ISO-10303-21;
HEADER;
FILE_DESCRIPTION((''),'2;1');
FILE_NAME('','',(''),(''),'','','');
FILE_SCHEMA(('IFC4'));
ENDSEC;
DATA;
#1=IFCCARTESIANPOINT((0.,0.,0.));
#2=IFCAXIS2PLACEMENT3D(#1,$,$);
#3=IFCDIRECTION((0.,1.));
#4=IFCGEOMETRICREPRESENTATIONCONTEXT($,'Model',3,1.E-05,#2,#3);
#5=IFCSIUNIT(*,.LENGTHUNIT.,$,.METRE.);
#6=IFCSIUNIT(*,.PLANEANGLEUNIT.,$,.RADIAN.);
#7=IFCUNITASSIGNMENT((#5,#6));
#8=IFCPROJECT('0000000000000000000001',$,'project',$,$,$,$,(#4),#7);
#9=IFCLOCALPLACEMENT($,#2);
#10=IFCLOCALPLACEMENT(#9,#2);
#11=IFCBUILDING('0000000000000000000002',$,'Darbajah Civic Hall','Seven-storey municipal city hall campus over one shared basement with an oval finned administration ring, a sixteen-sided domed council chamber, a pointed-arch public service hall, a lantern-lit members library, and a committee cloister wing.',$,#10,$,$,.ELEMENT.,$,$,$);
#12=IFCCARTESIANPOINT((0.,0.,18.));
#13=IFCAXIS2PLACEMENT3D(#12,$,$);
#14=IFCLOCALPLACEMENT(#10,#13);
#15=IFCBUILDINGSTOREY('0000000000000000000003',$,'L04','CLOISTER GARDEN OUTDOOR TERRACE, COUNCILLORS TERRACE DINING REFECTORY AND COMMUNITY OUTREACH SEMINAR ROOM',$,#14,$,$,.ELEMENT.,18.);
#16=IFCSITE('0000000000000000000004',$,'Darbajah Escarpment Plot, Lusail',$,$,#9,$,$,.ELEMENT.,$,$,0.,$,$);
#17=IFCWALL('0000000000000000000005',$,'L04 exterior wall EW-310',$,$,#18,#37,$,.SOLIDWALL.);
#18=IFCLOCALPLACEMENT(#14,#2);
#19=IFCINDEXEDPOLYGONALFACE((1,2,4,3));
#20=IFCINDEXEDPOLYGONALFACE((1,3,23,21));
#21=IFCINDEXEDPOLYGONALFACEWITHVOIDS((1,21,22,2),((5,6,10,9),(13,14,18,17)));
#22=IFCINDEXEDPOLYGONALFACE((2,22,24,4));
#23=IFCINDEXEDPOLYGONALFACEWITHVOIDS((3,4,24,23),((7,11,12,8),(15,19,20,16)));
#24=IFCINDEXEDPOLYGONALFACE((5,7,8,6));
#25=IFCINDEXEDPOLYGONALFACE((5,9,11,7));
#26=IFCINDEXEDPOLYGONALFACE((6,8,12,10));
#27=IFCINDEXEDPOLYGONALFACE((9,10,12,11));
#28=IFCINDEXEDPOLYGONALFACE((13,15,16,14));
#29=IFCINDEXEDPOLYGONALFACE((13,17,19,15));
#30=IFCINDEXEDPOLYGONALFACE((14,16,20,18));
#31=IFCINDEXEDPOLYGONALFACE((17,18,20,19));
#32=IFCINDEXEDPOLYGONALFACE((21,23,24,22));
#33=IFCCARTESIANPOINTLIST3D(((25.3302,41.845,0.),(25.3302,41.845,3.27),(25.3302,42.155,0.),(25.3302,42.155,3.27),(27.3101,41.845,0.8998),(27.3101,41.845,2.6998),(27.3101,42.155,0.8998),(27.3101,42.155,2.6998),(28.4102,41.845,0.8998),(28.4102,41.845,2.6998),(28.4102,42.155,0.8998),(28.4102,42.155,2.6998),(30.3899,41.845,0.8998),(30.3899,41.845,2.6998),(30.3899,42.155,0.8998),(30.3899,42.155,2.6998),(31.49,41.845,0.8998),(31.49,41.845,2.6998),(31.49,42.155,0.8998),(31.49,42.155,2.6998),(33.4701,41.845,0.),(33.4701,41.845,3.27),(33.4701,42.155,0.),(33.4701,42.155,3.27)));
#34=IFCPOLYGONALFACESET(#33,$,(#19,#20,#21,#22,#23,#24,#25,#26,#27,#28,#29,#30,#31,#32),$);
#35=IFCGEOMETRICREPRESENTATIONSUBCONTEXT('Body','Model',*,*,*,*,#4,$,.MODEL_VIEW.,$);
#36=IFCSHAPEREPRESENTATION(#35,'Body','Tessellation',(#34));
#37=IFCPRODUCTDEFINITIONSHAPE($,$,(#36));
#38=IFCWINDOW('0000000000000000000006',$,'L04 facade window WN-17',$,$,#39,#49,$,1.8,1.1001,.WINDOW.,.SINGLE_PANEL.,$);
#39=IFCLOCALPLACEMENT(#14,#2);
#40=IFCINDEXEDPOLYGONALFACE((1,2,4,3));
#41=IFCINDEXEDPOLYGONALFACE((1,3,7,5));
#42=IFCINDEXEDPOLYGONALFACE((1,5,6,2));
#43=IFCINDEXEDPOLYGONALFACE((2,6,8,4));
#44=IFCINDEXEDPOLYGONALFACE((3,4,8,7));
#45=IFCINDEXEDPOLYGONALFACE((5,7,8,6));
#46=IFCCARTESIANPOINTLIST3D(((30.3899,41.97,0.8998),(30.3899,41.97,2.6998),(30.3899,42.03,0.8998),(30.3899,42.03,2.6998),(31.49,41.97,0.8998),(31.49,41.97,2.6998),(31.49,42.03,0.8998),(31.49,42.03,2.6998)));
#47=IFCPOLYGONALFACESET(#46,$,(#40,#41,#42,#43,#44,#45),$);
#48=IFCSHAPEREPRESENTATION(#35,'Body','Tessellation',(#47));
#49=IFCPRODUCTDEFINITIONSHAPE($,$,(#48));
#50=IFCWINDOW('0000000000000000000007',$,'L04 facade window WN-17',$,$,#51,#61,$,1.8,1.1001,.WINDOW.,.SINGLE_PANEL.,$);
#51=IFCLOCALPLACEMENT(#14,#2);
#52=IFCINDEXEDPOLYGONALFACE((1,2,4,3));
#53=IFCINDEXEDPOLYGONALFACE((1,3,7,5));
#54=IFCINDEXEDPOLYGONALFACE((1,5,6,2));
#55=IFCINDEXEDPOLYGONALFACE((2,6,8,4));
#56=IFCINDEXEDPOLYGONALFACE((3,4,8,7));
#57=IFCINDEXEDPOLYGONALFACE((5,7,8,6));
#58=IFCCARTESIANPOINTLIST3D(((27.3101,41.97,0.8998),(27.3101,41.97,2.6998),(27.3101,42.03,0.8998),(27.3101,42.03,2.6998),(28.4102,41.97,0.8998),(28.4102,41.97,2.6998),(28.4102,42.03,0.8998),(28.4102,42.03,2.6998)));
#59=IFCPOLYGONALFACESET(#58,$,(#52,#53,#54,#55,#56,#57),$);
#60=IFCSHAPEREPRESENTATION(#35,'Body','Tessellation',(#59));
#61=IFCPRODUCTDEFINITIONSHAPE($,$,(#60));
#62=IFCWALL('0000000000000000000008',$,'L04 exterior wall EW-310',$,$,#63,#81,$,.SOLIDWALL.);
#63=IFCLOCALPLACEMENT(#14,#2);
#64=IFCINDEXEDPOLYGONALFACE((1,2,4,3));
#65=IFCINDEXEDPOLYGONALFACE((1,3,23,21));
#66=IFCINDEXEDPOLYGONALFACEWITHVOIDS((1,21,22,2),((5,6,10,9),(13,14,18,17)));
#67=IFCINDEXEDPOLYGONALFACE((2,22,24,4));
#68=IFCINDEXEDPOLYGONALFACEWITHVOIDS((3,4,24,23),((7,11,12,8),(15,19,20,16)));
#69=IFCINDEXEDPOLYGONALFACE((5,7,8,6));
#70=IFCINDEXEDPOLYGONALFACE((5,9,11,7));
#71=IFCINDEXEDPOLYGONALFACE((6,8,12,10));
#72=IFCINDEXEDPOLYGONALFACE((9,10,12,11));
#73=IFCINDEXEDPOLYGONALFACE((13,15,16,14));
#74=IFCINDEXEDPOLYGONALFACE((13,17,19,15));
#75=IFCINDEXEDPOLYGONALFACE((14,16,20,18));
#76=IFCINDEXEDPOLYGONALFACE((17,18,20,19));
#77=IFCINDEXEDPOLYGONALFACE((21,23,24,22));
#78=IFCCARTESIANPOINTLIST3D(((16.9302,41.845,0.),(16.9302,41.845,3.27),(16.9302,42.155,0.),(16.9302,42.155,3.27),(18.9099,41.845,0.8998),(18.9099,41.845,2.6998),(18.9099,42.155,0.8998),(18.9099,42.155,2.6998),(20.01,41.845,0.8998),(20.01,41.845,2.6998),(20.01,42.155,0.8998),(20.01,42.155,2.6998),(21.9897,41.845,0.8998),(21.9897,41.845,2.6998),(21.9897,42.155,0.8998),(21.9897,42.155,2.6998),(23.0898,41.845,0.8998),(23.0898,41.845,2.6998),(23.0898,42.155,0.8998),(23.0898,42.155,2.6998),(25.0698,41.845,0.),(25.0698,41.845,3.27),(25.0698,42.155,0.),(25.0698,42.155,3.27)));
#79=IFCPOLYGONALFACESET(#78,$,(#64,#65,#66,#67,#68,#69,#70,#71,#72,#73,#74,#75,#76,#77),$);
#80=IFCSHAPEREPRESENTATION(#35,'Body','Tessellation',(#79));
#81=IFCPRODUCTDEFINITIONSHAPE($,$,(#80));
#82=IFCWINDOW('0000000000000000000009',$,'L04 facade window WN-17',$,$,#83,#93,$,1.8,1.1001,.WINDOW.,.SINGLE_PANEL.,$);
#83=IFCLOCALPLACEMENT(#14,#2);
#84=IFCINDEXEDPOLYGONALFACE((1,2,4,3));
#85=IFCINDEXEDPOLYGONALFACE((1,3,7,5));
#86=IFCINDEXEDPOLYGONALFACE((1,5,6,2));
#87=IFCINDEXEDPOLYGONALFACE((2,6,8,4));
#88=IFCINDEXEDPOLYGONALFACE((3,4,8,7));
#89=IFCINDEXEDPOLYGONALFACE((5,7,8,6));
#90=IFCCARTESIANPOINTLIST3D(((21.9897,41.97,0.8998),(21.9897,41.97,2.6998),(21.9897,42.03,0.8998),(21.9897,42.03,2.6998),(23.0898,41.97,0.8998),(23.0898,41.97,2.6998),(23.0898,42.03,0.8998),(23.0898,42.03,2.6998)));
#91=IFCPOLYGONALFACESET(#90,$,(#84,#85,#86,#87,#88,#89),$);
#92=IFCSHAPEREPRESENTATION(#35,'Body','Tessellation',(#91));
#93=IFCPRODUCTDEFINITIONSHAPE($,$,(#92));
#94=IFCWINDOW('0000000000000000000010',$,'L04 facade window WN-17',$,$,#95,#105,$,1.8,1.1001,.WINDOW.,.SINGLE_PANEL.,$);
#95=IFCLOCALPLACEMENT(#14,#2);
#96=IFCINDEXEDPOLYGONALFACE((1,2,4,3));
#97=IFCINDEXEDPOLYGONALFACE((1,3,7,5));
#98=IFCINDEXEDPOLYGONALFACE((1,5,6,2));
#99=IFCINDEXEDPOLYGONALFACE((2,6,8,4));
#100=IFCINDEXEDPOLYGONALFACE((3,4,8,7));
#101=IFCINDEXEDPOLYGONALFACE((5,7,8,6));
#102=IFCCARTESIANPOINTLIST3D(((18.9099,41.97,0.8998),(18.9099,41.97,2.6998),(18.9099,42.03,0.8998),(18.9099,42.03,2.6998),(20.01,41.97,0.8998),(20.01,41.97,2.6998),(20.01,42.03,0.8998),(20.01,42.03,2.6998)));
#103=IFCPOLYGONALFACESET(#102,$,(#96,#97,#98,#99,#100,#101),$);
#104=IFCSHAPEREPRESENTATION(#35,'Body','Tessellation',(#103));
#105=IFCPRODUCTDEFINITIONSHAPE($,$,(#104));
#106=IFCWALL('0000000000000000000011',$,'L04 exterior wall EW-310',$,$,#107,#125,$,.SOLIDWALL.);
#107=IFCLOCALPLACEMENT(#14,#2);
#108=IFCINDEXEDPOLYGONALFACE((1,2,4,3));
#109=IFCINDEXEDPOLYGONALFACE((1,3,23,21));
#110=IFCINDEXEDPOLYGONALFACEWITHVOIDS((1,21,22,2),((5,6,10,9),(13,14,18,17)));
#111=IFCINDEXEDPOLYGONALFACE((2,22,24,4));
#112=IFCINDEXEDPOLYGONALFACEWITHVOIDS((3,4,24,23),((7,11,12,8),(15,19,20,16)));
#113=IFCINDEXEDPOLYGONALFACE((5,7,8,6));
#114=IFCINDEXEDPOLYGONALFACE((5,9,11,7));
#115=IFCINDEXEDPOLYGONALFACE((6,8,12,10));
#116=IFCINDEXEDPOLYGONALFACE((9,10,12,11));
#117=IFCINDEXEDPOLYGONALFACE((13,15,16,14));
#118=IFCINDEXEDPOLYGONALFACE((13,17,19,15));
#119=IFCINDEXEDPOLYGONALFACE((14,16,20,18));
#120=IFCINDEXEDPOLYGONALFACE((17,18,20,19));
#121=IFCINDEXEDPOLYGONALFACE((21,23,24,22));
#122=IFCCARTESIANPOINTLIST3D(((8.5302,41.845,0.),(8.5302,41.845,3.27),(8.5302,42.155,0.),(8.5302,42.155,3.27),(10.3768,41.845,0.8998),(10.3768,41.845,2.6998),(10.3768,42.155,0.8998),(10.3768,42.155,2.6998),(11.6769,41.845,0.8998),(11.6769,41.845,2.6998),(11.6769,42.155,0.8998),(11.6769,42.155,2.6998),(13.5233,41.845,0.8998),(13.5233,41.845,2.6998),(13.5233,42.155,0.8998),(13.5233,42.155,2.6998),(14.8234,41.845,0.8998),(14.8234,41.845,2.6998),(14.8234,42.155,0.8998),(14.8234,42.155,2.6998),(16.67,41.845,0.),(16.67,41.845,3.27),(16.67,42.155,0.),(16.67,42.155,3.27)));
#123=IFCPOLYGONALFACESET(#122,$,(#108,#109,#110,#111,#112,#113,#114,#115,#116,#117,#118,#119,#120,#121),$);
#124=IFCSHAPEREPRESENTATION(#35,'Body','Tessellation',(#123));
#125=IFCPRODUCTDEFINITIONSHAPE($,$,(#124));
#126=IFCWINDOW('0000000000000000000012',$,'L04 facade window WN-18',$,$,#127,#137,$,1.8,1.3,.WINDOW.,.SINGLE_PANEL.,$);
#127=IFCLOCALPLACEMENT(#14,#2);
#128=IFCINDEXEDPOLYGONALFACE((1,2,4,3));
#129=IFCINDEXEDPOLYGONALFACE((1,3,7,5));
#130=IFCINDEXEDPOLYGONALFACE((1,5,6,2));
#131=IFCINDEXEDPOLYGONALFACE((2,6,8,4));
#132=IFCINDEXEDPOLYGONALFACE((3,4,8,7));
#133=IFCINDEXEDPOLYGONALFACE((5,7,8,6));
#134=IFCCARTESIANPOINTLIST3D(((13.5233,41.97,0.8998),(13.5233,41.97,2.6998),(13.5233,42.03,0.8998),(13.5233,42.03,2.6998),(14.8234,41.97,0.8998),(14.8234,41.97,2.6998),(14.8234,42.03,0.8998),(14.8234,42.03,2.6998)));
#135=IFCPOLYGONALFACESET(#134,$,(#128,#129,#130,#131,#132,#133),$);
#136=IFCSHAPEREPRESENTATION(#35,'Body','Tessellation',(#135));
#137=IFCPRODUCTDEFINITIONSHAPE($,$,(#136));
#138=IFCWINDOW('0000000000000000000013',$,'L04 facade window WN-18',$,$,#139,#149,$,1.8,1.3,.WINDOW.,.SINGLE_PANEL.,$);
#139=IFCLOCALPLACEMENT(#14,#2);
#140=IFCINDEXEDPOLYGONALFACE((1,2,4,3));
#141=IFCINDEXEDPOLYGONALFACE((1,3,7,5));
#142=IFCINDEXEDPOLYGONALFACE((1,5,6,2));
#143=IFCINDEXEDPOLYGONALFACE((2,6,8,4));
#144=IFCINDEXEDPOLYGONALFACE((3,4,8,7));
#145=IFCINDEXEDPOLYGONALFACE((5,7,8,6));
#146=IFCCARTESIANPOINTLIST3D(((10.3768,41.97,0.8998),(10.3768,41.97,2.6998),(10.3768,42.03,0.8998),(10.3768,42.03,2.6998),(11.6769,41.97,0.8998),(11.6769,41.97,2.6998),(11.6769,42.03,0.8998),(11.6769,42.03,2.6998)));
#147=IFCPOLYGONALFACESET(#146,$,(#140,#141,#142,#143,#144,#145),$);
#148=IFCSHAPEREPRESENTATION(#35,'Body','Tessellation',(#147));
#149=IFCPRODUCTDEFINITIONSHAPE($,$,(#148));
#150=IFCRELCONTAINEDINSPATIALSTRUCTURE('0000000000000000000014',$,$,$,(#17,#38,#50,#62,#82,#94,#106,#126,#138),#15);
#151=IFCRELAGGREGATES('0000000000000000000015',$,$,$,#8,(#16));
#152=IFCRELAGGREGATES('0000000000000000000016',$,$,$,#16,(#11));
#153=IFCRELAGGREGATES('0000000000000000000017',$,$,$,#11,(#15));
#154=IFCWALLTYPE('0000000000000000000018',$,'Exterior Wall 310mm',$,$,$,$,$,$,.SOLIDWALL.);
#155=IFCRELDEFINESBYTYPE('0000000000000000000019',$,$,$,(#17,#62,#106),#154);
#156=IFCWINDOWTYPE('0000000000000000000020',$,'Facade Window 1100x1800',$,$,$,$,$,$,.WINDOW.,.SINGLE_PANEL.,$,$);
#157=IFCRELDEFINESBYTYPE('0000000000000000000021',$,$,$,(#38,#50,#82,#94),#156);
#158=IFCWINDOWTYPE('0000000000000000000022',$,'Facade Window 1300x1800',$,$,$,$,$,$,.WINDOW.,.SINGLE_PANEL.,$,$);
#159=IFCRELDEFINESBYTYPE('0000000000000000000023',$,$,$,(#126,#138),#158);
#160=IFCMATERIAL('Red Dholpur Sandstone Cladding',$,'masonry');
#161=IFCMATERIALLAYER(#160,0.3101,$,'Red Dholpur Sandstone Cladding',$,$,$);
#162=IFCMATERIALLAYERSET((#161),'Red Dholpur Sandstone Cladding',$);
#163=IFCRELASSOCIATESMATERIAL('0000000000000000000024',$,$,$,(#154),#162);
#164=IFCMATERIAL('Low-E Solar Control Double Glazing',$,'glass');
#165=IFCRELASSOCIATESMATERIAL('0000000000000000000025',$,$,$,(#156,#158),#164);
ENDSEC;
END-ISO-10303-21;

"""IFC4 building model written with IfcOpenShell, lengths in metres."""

from ifc_helpers import new_model, si_unit, direction, frame, frame_2d, origin, place, context, subcontext, project, spatial, rectangle, extrude, material, layer, layer_set, type_object, element, fill, save


model = new_model("IFC4")

# Units and contexts
model_context = context("Model", 3, precision=1e-05, world=origin(), true_north=direction((0.0, 1.0)))
body_context = subcontext(model_context, "Body", "Model", "MODEL_VIEW")
ifc_project = project(units=[si_unit("LENGTHUNIT", "METRE"), si_unit("PLANEANGLEUNIT", "RADIAN")], contexts=[model_context])

# Site, building, storey
site_placement = place(None, origin())
site = spatial("IfcSite", under=ifc_project, at=site_placement, Name="Darbajah Escarpment Plot, Lusail", CompositionType="ELEMENT", RefElevation=0.0)
building_placement = place(site_placement, origin())
building = spatial("IfcBuilding", under=site, at=building_placement, Name="Darbajah Civic Hall", Description="Seven-storey municipal city hall campus over one shared basement with an oval finned administration ring, a sixteen-sided domed council chamber, a pointed-arch public service hall, a lantern-lit members library, and a committee cloister wing.", CompositionType="ELEMENT")
storey_placement = place(building_placement, frame((0.0, 0.0, 18.0)))
storey = spatial("IfcBuildingStorey", under=building, at=storey_placement, Name="L04", Description="CLOISTER GARDEN OUTDOOR TERRACE, COUNCILLORS TERRACE DINING REFECTORY AND COMMUNITY OUTREACH SEMINAR ROOM", CompositionType="ELEMENT", Elevation=18.0)

# Walls, openings, windows
ifc_material_1 = material(Name="Red Dholpur Sandstone Cladding", Category="masonry")
ifc_layer_1 = layer(ifc_material_1, 0.3101, Name="Red Dholpur Sandstone Cladding")
ifc_layer_set_1 = layer_set([ifc_layer_1], Name="Red Dholpur Sandstone Cladding")
wall_type_1 = type_object("IfcWallType", Name="Exterior Wall 310mm", PredefinedType="SOLIDWALL", material=ifc_layer_set_1)
wall_1_placement = place(storey_placement, frame((33.47, 42.0, 0.0), z_axis=(0.0, 0.0, 1.0), x_axis=(-1.0, 0.0, 0.0)))
wall_1 = element("IfcWall", 1, at=wall_1_placement, inside=storey, type_object=wall_type_1, Name="L04 exterior wall EW-310", PredefinedType="SOLIDWALL", context=body_context, shape_type="SweptSolid", body=[
    extrude(rectangle(XDim=8.1399, YDim=0.3101, at=frame_2d((4.0698, 0.0))), origin(), (0.0, 0.0, 1.0), 3.27),
])
opening_1_placement = place(wall_1_placement, frame((1.98, 0.0, 0.8999)))
opening_1 = element("IfcOpeningElement", 2, at=opening_1_placement, cuts=wall_1, PredefinedType="OPENING", context=body_context, shape_type="SweptSolid", body=[
    extrude(rectangle(XDim=1.1001, YDim=1.8, at=frame_2d((0.55, 0.8999))), frame((0.0, 0.165, 0.0), z_axis=(0.0, -1.0, 0.0), x_axis=(1.0, 0.0, 0.0)), (0.0, 0.0, 1.0), 0.3301),
])
opening_2_placement = place(wall_1_placement, frame((5.0598, 0.0, 0.8999)))
opening_2 = element("IfcOpeningElement", 3, at=opening_2_placement, cuts=wall_1, PredefinedType="OPENING", context=body_context, shape_type="SweptSolid", body=[
    extrude(rectangle(XDim=1.1001, YDim=1.8, at=frame_2d((0.55, 0.8999))), frame((0.0, 0.165, 0.0), z_axis=(0.0, -1.0, 0.0), x_axis=(1.0, 0.0, 0.0)), (0.0, 0.0, 1.0), 0.3301),
])
ifc_material_2 = material(Name="Low-E Solar Control Double Glazing", Category="glass")
window_type_1 = type_object("IfcWindowType", Name="Facade Window 1100x1800", PartitioningType="SINGLE_PANEL", PredefinedType="WINDOW", material=ifc_material_2)
window_1_placement = place(opening_1_placement, origin())
window_1 = element("IfcWindow", 4, at=window_1_placement, inside=storey, type_object=window_type_1, Name="L04 facade window WN-17", OverallHeight=1.8, OverallWidth=1.1001, PartitioningType="SINGLE_PANEL", PredefinedType="WINDOW", context=body_context, shape_type="SweptSolid", body=[
    extrude(rectangle(XDim=1.1001, YDim=1.8, at=frame_2d((0.55, 0.8999))), frame((0.0, 0.03, 0.0), z_axis=(0.0, -1.0, 0.0), x_axis=(1.0, 0.0, 0.0)), (0.0, 0.0, 1.0), 0.0601),
])
fill(opening_1, window_1)
window_2_placement = place(opening_2_placement, origin())
window_2 = element("IfcWindow", 5, at=window_2_placement, inside=storey, type_object=window_type_1, Name="L04 facade window WN-17", OverallHeight=1.8, OverallWidth=1.1001, PartitioningType="SINGLE_PANEL", PredefinedType="WINDOW", context=body_context, shape_type="SweptSolid", body=[
    extrude(rectangle(XDim=1.1001, YDim=1.8, at=frame_2d((0.55, 0.8999))), frame((0.0, 0.03, 0.0), z_axis=(0.0, -1.0, 0.0), x_axis=(1.0, 0.0, 0.0)), (0.0, 0.0, 1.0), 0.0601),
])
fill(opening_2, window_2)
wall_2_placement = place(storey_placement, frame((25.0698, 42.0, 0.0), z_axis=(0.0, 0.0, 1.0), x_axis=(-1.0, 0.0, 0.0)))
wall_2 = element("IfcWall", 6, at=wall_2_placement, inside=storey, type_object=wall_type_1, Name="L04 exterior wall EW-310", PredefinedType="SOLIDWALL", context=body_context, shape_type="SweptSolid", body=[
    extrude(rectangle(XDim=8.1396, YDim=0.3101, at=frame_2d((4.0698, 0.0))), origin(), (0.0, 0.0, 1.0), 3.27),
])
opening_3_placement = place(wall_2_placement, frame((1.98, 0.0, 0.8999)))
opening_3 = element("IfcOpeningElement", 7, at=opening_3_placement, cuts=wall_2, PredefinedType="OPENING", context=body_context, shape_type="SweptSolid", body=[
    extrude(rectangle(XDim=1.1001, YDim=1.8, at=frame_2d((0.55, 0.8999))), frame((0.0, 0.165, 0.0), z_axis=(0.0, -1.0, 0.0), x_axis=(1.0, 0.0, 0.0)), (0.0, 0.0, 1.0), 0.3301),
])
opening_4_placement = place(wall_2_placement, frame((5.0598, 0.0, 0.8999)))
opening_4 = element("IfcOpeningElement", 8, at=opening_4_placement, cuts=wall_2, PredefinedType="OPENING", context=body_context, shape_type="SweptSolid", body=[
    extrude(rectangle(XDim=1.1001, YDim=1.8, at=frame_2d((0.55, 0.8999))), frame((0.0, 0.165, 0.0), z_axis=(0.0, -1.0, 0.0), x_axis=(1.0, 0.0, 0.0)), (0.0, 0.0, 1.0), 0.3301),
])
window_3_placement = place(opening_3_placement, origin())
window_3 = element("IfcWindow", 9, at=window_3_placement, inside=storey, type_object=window_type_1, Name="L04 facade window WN-17", OverallHeight=1.8, OverallWidth=1.1001, PartitioningType="SINGLE_PANEL", PredefinedType="WINDOW", context=body_context, shape_type="SweptSolid", body=[
    extrude(rectangle(XDim=1.1001, YDim=1.8, at=frame_2d((0.55, 0.8999))), frame((0.0, 0.03, 0.0), z_axis=(0.0, -1.0, 0.0), x_axis=(1.0, 0.0, 0.0)), (0.0, 0.0, 1.0), 0.0601),
])
fill(opening_3, window_3)
window_4_placement = place(opening_4_placement, origin())
window_4 = element("IfcWindow", 10, at=window_4_placement, inside=storey, type_object=window_type_1, Name="L04 facade window WN-17", OverallHeight=1.8, OverallWidth=1.1001, PartitioningType="SINGLE_PANEL", PredefinedType="WINDOW", context=body_context, shape_type="SweptSolid", body=[
    extrude(rectangle(XDim=1.1001, YDim=1.8, at=frame_2d((0.55, 0.8999))), frame((0.0, 0.03, 0.0), z_axis=(0.0, -1.0, 0.0), x_axis=(1.0, 0.0, 0.0)), (0.0, 0.0, 1.0), 0.0601),
])
fill(opening_4, window_4)
wall_3_placement = place(storey_placement, frame((16.6699, 42.0, 0.0), z_axis=(0.0, 0.0, 1.0), x_axis=(-1.0, 0.0, 0.0)))
wall_3 = element("IfcWall", 11, at=wall_3_placement, inside=storey, type_object=wall_type_1, Name="L04 exterior wall EW-310", PredefinedType="SOLIDWALL", context=body_context, shape_type="SweptSolid", body=[
    extrude(rectangle(XDim=8.1399, YDim=0.3101, at=frame_2d((4.0698, 0.0))), origin(), (0.0, 0.0, 1.0), 3.27),
])
opening_5_placement = place(wall_3_placement, frame((1.8467, 0.0, 0.8999)))
opening_5 = element("IfcOpeningElement", 12, at=opening_5_placement, cuts=wall_3, PredefinedType="OPENING", context=body_context, shape_type="SweptSolid", body=[
    extrude(rectangle(XDim=1.3, YDim=1.8, at=frame_2d((0.6499, 0.8999))), frame((0.0, 0.165, 0.0), z_axis=(0.0, -1.0, 0.0), x_axis=(1.0, 0.0, 0.0)), (0.0, 0.0, 1.0), 0.3301),
])
opening_6_placement = place(wall_3_placement, frame((4.9932, 0.0, 0.8999)))
opening_6 = element("IfcOpeningElement", 13, at=opening_6_placement, cuts=wall_3, PredefinedType="OPENING", context=body_context, shape_type="SweptSolid", body=[
    extrude(rectangle(XDim=1.3, YDim=1.8, at=frame_2d((0.6499, 0.8999))), frame((0.0, 0.165, 0.0), z_axis=(0.0, -1.0, 0.0), x_axis=(1.0, 0.0, 0.0)), (0.0, 0.0, 1.0), 0.3301),
])
window_type_2 = type_object("IfcWindowType", Name="Facade Window 1300x1800", PartitioningType="SINGLE_PANEL", PredefinedType="WINDOW", material=ifc_material_2)
window_5_placement = place(opening_5_placement, origin())
window_5 = element("IfcWindow", 14, at=window_5_placement, inside=storey, type_object=window_type_2, Name="L04 facade window WN-18", OverallHeight=1.8, OverallWidth=1.3, PartitioningType="SINGLE_PANEL", PredefinedType="WINDOW", context=body_context, shape_type="SweptSolid", body=[
    extrude(rectangle(XDim=1.3, YDim=1.8, at=frame_2d((0.6499, 0.8999))), frame((0.0, 0.03, 0.0), z_axis=(0.0, -1.0, 0.0), x_axis=(1.0, 0.0, 0.0)), (0.0, 0.0, 1.0), 0.0601),
])
fill(opening_5, window_5)
window_6_placement = place(opening_6_placement, origin())
window_6 = element("IfcWindow", 15, at=window_6_placement, inside=storey, type_object=window_type_2, Name="L04 facade window WN-18", OverallHeight=1.8, OverallWidth=1.3, PartitioningType="SINGLE_PANEL", PredefinedType="WINDOW", context=body_context, shape_type="SweptSolid", body=[
    extrude(rectangle(XDim=1.3, YDim=1.8, at=frame_2d((0.6499, 0.8999))), frame((0.0, 0.03, 0.0), z_axis=(0.0, -1.0, 0.0), x_axis=(1.0, 0.0, 0.0)), (0.0, 0.0, 1.0), 0.0601),
])
fill(opening_6, window_6)

save(model, "model.ifc")
